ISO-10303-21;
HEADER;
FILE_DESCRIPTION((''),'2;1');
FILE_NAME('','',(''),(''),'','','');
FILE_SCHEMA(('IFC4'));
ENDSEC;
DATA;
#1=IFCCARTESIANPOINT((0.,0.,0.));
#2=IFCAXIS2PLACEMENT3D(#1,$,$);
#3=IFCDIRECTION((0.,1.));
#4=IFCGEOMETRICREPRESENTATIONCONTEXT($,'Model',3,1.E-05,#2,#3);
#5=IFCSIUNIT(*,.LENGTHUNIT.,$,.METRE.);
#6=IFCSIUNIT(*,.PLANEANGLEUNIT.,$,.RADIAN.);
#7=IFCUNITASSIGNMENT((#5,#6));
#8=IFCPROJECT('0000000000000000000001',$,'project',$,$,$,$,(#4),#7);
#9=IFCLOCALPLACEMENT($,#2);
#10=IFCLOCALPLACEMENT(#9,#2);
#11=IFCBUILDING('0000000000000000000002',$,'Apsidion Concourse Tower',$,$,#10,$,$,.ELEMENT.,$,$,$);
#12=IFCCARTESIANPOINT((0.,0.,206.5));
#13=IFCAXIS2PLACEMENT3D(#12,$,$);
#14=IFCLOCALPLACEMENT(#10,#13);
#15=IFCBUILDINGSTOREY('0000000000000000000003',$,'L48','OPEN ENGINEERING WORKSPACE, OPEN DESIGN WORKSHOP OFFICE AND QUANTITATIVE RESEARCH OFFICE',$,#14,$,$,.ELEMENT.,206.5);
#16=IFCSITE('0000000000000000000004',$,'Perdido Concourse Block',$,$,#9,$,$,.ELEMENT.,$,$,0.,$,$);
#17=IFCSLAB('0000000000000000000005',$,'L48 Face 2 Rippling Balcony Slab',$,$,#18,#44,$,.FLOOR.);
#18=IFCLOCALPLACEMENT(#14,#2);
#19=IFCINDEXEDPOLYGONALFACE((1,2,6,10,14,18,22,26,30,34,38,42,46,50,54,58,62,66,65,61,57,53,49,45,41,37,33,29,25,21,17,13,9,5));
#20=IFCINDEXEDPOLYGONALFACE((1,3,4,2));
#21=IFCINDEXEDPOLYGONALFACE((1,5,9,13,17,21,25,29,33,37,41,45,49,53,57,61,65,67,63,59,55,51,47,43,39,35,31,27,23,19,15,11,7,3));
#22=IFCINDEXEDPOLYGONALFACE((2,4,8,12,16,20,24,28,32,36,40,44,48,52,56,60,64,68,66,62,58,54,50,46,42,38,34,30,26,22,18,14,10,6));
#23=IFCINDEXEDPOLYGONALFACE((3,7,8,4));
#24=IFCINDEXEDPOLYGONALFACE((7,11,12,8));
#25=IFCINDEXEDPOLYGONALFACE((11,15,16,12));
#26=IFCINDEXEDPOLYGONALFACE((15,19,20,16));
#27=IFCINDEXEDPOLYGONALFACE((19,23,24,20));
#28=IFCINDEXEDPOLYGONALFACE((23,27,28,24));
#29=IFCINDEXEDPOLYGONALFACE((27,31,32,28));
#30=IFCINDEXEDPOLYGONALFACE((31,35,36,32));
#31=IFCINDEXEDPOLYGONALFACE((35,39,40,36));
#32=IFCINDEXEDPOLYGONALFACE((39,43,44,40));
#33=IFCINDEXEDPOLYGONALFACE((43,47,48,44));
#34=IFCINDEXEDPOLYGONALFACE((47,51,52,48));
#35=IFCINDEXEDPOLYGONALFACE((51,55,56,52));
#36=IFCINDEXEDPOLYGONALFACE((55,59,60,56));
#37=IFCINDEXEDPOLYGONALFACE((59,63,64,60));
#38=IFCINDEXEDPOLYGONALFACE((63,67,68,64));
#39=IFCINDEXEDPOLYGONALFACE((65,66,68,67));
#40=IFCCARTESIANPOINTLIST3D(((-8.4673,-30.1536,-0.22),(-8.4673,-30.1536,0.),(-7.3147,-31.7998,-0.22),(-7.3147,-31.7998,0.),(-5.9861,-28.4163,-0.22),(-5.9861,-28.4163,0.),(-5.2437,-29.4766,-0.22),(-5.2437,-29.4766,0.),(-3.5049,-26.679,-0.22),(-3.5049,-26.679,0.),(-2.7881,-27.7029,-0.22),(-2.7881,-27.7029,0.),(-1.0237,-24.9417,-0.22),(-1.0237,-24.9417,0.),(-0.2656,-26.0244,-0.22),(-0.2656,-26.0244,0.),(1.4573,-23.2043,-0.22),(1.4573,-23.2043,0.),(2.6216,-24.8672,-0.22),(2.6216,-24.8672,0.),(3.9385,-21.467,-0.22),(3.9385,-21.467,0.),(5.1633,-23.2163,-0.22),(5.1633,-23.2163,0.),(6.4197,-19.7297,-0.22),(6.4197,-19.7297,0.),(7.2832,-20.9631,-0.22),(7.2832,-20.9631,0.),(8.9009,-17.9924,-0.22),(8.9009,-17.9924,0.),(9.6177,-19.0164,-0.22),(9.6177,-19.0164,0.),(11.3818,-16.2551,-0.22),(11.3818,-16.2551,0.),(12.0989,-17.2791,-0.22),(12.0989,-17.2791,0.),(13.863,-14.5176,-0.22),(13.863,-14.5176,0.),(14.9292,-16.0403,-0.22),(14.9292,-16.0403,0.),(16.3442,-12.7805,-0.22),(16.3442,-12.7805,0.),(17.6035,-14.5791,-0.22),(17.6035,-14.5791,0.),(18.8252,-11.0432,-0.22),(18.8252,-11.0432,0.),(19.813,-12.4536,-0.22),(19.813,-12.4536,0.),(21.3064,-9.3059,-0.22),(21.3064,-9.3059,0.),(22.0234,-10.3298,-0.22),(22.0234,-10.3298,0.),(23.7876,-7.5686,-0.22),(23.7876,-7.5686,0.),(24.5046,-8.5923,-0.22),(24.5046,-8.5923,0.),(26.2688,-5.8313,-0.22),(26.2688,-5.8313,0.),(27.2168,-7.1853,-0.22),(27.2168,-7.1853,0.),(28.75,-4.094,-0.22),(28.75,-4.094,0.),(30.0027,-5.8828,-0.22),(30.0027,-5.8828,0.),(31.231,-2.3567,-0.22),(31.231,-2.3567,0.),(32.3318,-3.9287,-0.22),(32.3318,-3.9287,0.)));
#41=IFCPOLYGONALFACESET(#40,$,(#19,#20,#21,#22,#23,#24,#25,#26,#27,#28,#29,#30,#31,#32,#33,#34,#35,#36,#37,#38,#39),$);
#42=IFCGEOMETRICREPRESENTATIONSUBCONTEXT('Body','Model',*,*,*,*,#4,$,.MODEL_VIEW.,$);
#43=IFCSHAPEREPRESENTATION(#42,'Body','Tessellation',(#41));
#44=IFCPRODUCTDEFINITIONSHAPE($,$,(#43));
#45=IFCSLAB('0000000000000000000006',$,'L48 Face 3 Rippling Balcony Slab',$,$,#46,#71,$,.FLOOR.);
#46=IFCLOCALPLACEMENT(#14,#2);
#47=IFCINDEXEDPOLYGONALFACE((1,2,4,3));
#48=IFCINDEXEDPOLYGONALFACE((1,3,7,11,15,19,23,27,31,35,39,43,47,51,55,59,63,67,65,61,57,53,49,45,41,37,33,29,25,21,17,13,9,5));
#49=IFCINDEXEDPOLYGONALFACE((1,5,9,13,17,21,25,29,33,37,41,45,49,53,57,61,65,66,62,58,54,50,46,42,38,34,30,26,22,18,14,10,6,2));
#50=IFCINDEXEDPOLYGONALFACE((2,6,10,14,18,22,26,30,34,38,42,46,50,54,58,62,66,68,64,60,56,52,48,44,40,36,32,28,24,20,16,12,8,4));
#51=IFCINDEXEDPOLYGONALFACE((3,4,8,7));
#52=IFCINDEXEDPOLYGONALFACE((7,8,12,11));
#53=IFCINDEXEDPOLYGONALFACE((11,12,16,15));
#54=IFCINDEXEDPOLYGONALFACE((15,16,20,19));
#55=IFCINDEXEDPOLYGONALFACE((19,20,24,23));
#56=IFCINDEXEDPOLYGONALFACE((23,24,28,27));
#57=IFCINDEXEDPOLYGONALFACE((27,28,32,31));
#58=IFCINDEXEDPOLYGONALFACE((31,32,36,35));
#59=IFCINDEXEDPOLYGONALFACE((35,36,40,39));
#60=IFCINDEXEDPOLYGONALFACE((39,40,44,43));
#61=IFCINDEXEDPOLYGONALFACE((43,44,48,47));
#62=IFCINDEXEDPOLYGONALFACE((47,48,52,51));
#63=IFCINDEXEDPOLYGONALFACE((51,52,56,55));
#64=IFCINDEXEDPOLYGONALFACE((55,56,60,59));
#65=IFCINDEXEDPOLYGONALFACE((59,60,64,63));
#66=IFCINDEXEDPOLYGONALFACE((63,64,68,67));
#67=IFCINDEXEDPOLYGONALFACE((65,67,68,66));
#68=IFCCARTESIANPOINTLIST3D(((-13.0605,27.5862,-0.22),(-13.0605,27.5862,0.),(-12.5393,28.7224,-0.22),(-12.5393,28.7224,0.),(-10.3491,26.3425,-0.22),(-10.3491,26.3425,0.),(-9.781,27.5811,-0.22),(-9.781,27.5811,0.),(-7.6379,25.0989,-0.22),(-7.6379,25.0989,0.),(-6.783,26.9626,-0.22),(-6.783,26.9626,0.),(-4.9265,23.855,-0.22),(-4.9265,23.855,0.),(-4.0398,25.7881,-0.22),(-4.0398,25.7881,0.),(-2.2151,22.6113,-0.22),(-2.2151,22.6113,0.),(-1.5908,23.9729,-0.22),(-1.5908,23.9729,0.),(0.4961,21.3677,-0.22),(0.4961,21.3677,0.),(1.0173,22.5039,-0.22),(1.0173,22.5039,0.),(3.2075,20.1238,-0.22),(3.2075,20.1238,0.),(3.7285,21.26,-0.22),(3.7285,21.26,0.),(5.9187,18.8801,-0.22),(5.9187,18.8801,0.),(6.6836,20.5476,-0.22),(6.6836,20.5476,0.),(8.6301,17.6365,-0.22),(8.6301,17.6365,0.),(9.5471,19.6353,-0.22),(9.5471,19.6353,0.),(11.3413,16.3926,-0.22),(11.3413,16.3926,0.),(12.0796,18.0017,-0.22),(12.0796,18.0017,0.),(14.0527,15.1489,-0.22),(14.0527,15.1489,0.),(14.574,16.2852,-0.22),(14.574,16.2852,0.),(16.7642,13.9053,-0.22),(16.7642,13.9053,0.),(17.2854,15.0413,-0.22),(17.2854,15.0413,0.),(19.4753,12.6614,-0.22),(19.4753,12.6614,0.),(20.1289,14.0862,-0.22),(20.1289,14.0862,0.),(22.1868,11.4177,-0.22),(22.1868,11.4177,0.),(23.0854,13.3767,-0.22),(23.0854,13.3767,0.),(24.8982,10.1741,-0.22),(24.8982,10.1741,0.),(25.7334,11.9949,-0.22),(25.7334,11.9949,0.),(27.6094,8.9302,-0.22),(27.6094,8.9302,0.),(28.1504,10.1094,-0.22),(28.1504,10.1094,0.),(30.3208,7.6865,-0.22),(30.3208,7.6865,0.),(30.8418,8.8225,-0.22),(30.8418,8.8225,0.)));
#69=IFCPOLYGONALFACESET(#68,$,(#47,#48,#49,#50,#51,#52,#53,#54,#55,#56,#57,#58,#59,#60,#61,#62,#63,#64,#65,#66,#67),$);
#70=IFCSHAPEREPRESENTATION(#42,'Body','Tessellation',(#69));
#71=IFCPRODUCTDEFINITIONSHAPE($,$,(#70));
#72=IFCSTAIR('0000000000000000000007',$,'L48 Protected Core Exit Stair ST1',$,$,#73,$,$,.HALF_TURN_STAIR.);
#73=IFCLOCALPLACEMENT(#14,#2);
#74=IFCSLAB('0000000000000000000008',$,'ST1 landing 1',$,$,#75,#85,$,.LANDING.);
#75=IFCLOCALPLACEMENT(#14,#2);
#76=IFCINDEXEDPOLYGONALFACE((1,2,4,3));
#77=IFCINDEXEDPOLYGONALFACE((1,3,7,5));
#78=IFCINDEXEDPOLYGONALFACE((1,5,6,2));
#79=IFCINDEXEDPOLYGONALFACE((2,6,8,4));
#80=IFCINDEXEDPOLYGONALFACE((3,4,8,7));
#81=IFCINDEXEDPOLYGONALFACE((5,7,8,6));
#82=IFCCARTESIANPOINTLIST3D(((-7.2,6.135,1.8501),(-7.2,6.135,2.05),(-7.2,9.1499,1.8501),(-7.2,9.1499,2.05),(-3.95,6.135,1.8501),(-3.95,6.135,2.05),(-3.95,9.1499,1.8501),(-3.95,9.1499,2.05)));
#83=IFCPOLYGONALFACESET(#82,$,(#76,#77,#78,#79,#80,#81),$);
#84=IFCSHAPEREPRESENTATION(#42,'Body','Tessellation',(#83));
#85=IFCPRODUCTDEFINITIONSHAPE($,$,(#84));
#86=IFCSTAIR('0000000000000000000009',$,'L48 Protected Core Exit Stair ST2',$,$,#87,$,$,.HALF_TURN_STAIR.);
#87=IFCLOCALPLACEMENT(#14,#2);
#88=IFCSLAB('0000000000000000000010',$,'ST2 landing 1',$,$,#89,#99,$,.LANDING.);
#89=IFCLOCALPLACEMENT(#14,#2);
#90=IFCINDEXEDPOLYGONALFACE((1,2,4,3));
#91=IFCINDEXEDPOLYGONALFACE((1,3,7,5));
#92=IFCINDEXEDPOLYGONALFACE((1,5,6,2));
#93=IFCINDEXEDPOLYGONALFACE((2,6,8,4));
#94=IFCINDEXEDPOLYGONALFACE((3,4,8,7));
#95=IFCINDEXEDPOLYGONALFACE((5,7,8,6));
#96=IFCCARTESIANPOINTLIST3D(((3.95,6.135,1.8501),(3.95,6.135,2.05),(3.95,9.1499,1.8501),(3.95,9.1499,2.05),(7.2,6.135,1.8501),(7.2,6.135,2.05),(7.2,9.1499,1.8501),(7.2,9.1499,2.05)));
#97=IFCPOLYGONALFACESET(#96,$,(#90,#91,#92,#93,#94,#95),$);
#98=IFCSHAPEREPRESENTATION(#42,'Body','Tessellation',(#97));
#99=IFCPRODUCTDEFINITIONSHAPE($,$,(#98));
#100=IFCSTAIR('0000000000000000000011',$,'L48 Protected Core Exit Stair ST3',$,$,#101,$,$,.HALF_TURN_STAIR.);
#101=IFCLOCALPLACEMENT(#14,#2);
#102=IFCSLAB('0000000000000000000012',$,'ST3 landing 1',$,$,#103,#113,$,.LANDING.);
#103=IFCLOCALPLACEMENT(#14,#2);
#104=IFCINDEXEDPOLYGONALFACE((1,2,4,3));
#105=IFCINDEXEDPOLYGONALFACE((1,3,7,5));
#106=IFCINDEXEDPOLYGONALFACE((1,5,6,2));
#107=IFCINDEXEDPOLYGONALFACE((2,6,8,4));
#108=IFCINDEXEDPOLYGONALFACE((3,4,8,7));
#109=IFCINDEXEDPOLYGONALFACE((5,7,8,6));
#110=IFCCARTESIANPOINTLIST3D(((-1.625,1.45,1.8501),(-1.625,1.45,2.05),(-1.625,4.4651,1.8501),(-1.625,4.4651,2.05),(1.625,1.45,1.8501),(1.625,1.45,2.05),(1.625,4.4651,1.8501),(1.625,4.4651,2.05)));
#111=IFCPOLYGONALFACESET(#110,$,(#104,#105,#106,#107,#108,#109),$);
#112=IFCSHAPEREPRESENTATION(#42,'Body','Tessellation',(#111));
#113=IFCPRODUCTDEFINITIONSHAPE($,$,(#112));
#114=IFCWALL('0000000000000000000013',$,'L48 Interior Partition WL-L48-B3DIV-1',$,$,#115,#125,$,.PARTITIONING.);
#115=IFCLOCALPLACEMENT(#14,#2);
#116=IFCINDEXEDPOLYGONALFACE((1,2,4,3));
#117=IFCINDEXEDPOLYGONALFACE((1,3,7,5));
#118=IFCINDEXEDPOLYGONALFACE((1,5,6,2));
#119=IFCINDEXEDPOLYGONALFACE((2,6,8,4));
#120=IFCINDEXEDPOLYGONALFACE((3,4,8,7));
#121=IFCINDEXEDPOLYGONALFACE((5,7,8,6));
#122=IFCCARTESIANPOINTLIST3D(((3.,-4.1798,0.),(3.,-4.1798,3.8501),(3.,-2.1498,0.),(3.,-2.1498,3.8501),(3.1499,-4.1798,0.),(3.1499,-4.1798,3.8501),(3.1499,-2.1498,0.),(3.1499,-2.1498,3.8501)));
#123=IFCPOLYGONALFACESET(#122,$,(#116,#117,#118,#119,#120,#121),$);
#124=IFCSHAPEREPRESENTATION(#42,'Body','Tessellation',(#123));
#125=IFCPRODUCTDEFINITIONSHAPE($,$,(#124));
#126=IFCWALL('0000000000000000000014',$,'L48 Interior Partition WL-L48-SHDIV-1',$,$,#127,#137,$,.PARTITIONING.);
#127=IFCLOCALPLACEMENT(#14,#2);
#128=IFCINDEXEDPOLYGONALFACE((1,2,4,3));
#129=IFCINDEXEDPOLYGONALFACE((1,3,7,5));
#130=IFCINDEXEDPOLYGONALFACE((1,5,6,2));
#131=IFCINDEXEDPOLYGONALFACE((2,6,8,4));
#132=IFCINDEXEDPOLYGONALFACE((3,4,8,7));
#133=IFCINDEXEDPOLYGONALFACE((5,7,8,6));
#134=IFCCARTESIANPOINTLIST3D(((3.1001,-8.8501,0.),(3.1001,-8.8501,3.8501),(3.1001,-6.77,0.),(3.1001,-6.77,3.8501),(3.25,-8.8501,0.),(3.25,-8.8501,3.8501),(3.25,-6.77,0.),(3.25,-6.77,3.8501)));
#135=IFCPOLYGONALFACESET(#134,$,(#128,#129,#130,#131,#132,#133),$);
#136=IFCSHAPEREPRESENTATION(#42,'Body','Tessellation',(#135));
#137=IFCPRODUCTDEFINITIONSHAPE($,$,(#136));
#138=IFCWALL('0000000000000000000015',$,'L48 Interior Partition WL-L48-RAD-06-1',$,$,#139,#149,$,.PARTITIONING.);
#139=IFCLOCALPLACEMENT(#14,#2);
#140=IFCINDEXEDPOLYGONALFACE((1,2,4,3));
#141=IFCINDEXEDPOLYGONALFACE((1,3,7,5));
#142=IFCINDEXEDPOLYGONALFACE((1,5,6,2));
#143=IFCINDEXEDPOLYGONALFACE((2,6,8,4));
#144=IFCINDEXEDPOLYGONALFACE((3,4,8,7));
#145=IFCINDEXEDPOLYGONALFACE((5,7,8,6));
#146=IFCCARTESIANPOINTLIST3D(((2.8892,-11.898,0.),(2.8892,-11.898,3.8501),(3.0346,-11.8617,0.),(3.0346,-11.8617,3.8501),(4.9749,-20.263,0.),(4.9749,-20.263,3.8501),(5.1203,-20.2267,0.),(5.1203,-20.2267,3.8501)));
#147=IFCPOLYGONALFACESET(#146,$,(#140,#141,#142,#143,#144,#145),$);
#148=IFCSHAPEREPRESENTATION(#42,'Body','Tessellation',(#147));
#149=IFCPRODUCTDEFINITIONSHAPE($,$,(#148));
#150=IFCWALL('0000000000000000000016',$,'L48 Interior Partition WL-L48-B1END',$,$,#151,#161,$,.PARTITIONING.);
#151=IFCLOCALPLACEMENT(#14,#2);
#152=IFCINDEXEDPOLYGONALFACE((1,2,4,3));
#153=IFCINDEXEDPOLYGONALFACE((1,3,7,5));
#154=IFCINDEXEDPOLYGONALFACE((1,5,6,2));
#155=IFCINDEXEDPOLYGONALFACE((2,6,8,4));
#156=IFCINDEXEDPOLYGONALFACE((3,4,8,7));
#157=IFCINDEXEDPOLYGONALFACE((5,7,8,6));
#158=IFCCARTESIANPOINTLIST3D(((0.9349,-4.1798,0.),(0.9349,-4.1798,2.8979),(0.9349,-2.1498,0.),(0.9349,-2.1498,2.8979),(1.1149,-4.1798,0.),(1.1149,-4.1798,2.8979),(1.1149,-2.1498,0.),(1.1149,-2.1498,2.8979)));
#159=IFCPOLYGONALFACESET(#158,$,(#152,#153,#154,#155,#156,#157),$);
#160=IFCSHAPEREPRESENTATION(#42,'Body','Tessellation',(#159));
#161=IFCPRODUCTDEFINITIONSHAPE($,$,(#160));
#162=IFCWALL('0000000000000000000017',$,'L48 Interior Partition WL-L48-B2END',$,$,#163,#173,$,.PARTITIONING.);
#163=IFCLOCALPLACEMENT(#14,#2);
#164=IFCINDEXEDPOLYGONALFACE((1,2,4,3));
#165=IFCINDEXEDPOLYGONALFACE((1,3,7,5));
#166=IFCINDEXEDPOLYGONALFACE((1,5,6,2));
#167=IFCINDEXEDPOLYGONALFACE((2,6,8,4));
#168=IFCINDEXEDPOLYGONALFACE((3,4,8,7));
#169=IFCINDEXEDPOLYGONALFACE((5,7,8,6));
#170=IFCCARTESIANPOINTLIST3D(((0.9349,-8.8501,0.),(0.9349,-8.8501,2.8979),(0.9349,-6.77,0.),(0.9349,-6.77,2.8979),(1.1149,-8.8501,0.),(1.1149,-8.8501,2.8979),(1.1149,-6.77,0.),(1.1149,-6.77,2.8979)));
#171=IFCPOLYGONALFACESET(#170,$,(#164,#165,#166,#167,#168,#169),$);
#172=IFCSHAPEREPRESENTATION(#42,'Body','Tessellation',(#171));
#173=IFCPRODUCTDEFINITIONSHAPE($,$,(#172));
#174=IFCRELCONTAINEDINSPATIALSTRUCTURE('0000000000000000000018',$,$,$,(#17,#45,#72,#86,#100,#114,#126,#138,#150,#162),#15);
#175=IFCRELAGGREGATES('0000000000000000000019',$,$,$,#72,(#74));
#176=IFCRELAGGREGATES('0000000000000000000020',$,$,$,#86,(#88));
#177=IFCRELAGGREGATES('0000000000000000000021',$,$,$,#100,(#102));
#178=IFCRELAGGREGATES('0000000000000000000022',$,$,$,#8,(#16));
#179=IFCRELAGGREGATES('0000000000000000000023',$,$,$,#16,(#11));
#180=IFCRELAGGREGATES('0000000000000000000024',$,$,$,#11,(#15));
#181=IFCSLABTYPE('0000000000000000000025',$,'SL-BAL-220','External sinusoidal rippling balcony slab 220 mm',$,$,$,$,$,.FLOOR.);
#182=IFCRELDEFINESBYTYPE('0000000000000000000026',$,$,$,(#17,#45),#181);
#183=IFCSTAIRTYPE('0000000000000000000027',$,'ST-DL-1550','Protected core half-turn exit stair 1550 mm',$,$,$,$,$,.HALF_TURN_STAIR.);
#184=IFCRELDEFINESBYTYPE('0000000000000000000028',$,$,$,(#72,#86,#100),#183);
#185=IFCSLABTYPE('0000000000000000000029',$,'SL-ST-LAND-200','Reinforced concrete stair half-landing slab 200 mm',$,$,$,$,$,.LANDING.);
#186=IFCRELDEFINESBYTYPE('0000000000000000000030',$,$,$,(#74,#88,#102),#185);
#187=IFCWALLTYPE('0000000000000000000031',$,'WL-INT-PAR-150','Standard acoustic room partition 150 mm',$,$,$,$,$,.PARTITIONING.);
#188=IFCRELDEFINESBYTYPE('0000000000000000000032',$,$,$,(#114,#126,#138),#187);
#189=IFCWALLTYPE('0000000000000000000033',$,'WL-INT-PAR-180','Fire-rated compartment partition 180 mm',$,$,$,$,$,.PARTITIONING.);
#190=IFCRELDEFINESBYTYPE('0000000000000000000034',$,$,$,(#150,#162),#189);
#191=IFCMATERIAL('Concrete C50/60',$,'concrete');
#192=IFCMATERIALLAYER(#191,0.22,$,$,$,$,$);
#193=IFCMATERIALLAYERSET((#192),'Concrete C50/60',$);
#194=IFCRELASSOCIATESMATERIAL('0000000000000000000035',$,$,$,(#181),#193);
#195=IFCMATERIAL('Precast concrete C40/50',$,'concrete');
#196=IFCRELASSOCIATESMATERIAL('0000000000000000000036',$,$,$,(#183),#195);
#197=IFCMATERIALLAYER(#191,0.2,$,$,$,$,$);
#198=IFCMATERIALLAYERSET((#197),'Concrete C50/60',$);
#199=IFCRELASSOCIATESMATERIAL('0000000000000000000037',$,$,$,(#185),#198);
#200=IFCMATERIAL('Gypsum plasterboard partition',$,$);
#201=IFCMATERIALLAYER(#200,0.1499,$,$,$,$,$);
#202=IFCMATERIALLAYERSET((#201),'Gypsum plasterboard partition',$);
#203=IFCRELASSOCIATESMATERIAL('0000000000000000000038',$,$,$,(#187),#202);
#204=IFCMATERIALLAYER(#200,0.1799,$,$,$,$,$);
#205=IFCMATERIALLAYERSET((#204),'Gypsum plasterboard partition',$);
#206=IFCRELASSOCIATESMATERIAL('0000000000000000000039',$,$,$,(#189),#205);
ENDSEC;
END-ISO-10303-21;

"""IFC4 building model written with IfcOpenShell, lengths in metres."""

from ifc_helpers import new_model, si_unit, direction, frame, frame_2d, origin, place, context, subcontext, project, spatial, polyline, rectangle, outline, extrude, material, layer, layer_set, type_object, element, aggregate, save


model = new_model("IFC4")

# Units and contexts
model_context = context("Model", 3, precision=1e-05, world=origin(), true_north=direction((0.0, 1.0)))
body_context = subcontext(model_context, "Body", "Model", "MODEL_VIEW")
ifc_project = project(units=[si_unit("LENGTHUNIT", "METRE"), si_unit("PLANEANGLEUNIT", "RADIAN")], contexts=[model_context])

# Site, building, storey
site_placement = place(None, origin())
site = spatial("IfcSite", under=ifc_project, at=site_placement, Name="Perdido Concourse Block", CompositionType="ELEMENT", RefElevation=0.0)
building_placement = place(site_placement, origin())
building = spatial("IfcBuilding", under=site, at=building_placement, Name="Apsidion Concourse Tower", CompositionType="ELEMENT")
storey_placement = place(building_placement, frame((0.0, 0.0, 206.5)))
storey = spatial("IfcBuildingStorey", under=building, at=storey_placement, Name="L48", Description="OPEN ENGINEERING WORKSPACE, OPEN DESIGN WORKSHOP OFFICE AND QUANTITATIVE RESEARCH OFFICE", CompositionType="ELEMENT", Elevation=206.5)

# Shared definitions
ifc_material_1 = material(Name="Concrete C50/60", Category="concrete")

# Slabs
ifc_layer_1 = layer(ifc_material_1, 0.22)
ifc_layer_set_1 = layer_set([ifc_layer_1], Name="Concrete C50/60")
slab_type_1 = type_object("IfcSlabType", Name="SL-BAL-220", Description="External sinusoidal rippling balcony slab 220 mm", PredefinedType="FLOOR", material=ifc_layer_set_1)
slab_1_placement = place(storey_placement, frame((0.0, 0.0, -0.22)))
element("IfcSlab", 1, at=slab_1_placement, inside=storey, type_object=slab_type_1, Name="L48 Face 2 Rippling Balcony Slab", PredefinedType="FLOOR", context=body_context, shape_type="SweptSolid", body=[
    extrude(outline(polyline([(-8.4673, -30.1536), (-5.9861, -28.4163), (-3.5049, -26.679), (-1.0237, -24.9417), (1.4573, -23.2043), (3.9385, -21.467), (6.4197, -19.7297), (8.9009, -17.9924), (11.3818, -16.2551), (13.863, -14.5176), (16.3442, -12.7805), (18.8252, -11.0432), (21.3064, -9.3059), (23.7876, -7.5686), (26.2688, -5.8313), (28.75, -4.094), (31.231, -2.3567), (32.3318, -3.9287), (30.0027, -5.8828), (27.2168, -7.1853), (24.5046, -8.5923), (22.0234, -10.3298), (19.813, -12.4536), (17.6035, -14.5791), (14.9292, -16.0403), (12.0989, -17.2791), (9.6177, -19.0164), (7.2832, -20.9631), (5.1633, -23.2163), (2.6216, -24.8672), (-0.2656, -26.0244), (-2.7881, -27.7029), (-5.2437, -29.4766), (-7.3147, -31.7998), (-8.4673, -30.1536)])), origin(), (0.0, 0.0, 1.0), 0.22),
])
slab_2_placement = place(storey_placement, frame((0.0, 0.0, -0.22)))
element("IfcSlab", 2, at=slab_2_placement, inside=storey, type_object=slab_type_1, Name="L48 Face 3 Rippling Balcony Slab", PredefinedType="FLOOR", context=body_context, shape_type="SweptSolid", body=[
    extrude(outline(polyline([(30.3208, 7.6865), (27.6094, 8.9302), (24.8982, 10.1741), (22.1868, 11.4177), (19.4753, 12.6614), (16.7642, 13.9053), (14.0527, 15.1489), (11.3413, 16.3926), (8.6301, 17.6365), (5.9187, 18.8801), (3.2075, 20.1238), (0.4961, 21.3677), (-2.2151, 22.6113), (-4.9265, 23.855), (-7.6379, 25.0989), (-10.3491, 26.3425), (-13.0605, 27.5862), (-12.5393, 28.7224), (-9.781, 27.5811), (-6.783, 26.9626), (-4.0398, 25.7881), (-1.5908, 23.9729), (1.0173, 22.5039), (3.7285, 21.26), (6.6836, 20.5476), (9.5471, 19.6353), (12.0796, 18.0017), (14.574, 16.2852), (17.2854, 15.0413), (20.1289, 14.0862), (23.0854, 13.3767), (25.7334, 11.9949), (28.1504, 10.1094), (30.8418, 8.8225), (30.3208, 7.6865)])), origin(), (0.0, 0.0, 1.0), 0.22),
])

# Stairs, slabs
ifc_material_2 = material(Name="Precast concrete C40/50", Category="concrete")
stair_type = type_object("IfcStairType", Name="ST-DL-1550", Description="Protected core half-turn exit stair 1550 mm", PredefinedType="HALF_TURN_STAIR", material=ifc_material_2)
stair_1_placement = place(storey_placement, origin())
stair_1 = element("IfcStair", 3, at=stair_1_placement, inside=storey, type_object=stair_type, Name="L48 Protected Core Exit Stair ST1", PredefinedType="HALF_TURN_STAIR")
ifc_layer_2 = layer(ifc_material_1, 0.2)
ifc_layer_set_2 = layer_set([ifc_layer_2], Name="Concrete C50/60")
slab_type_2 = type_object("IfcSlabType", Name="SL-ST-LAND-200", Description="Reinforced concrete stair half-landing slab 200 mm", PredefinedType="LANDING", material=ifc_layer_set_2)
slab_3_placement = place(storey_placement, frame((0.0, 0.0, 1.8501)))
slab_3 = element("IfcSlab", 4, at=slab_3_placement, type_object=slab_type_2, Name="ST1 landing 1", PredefinedType="LANDING", context=body_context, shape_type="SweptSolid", body=[
    extrude(outline(polyline([(-3.95, 6.135), (-3.95, 9.1499), (-7.2, 9.1499), (-7.2, 6.135), (-3.95, 6.135)])), origin(), (0.0, 0.0, 1.0), 0.2),
])
aggregate(stair_1, [slab_3])
stair_2_placement = place(storey_placement, origin())
stair_2 = element("IfcStair", 5, at=stair_2_placement, inside=storey, type_object=stair_type, Name="L48 Protected Core Exit Stair ST2", PredefinedType="HALF_TURN_STAIR")
slab_4_placement = place(storey_placement, frame((0.0, 0.0, 1.8501)))
slab_4 = element("IfcSlab", 6, at=slab_4_placement, type_object=slab_type_2, Name="ST2 landing 1", PredefinedType="LANDING", context=body_context, shape_type="SweptSolid", body=[
    extrude(outline(polyline([(7.2, 6.135), (7.2, 9.1499), (3.95, 9.1499), (3.95, 6.135), (7.2, 6.135)])), origin(), (0.0, 0.0, 1.0), 0.2),
])
aggregate(stair_2, [slab_4])
stair_3_placement = place(storey_placement, origin())
stair_3 = element("IfcStair", 7, at=stair_3_placement, inside=storey, type_object=stair_type, Name="L48 Protected Core Exit Stair ST3", PredefinedType="HALF_TURN_STAIR")
slab_5_placement = place(storey_placement, frame((0.0, 0.0, 1.8501)))
slab_5 = element("IfcSlab", 8, at=slab_5_placement, type_object=slab_type_2, Name="ST3 landing 1", PredefinedType="LANDING", context=body_context, shape_type="SweptSolid", body=[
    extrude(outline(polyline([(-1.625, 4.4651), (-1.625, 1.45), (1.625, 1.45), (1.625, 4.4651), (-1.625, 4.4651)])), origin(), (0.0, 0.0, 1.0), 0.2),
])
aggregate(stair_3, [slab_5])

# Walls
ifc_material_3 = material(Name="Gypsum plasterboard partition")
ifc_layer_3 = layer(ifc_material_3, 0.1499)
ifc_layer_set_3 = layer_set([ifc_layer_3], Name="Gypsum plasterboard partition")
wall_type_1 = type_object("IfcWallType", Name="WL-INT-PAR-150", Description="Standard acoustic room partition 150 mm", PredefinedType="PARTITIONING", material=ifc_layer_set_3)
wall_1_placement = place(storey_placement, frame((3.075, -4.1799, 0.0), z_axis=(0.0, 0.0, 1.0), x_axis=(0.0, 1.0, 0.0)))
element("IfcWall", 9, at=wall_1_placement, inside=storey, type_object=wall_type_1, Name="L48 Interior Partition WL-L48-B3DIV-1", PredefinedType="PARTITIONING", context=body_context, shape_type="SweptSolid", body=[
    extrude(rectangle(XDim=2.03, YDim=0.1499, at=frame_2d((1.0151, 0.0))), origin(), (0.0, 0.0, 1.0), 3.8501),
])
wall_2_placement = place(storey_placement, frame((3.175, -8.8501, 0.0), z_axis=(0.0, 0.0, 1.0), x_axis=(0.0, 1.0, 0.0)))
element("IfcWall", 10, at=wall_2_placement, inside=storey, type_object=wall_type_1, Name="L48 Interior Partition WL-L48-SHDIV-1", PredefinedType="PARTITIONING", context=body_context, shape_type="SweptSolid", body=[
    extrude(rectangle(XDim=2.0801, YDim=0.1499, at=frame_2d((1.04, 0.0))), origin(), (0.0, 0.0, 1.0), 3.8501),
])
wall_3_placement = place(storey_placement, frame((2.9619, -11.8799, 0.0), z_axis=(0.0, 0.0, 1.0), x_axis=(0.241929, -0.970294, 0.0)))
element("IfcWall", 11, at=wall_3_placement, inside=storey, type_object=wall_type_1, Name="L48 Interior Partition WL-L48-RAD-06-1", PredefinedType="PARTITIONING", context=body_context, shape_type="SweptSolid", body=[
    extrude(rectangle(XDim=8.6211, YDim=0.1499, at=frame_2d((4.3105, 0.0))), origin(), (0.0, 0.0, 1.0), 3.8501),
])
ifc_layer_4 = layer(ifc_material_3, 0.1799)
ifc_layer_set_4 = layer_set([ifc_layer_4], Name="Gypsum plasterboard partition")
wall_type_2 = type_object("IfcWallType", Name="WL-INT-PAR-180", Description="Fire-rated compartment partition 180 mm", PredefinedType="PARTITIONING", material=ifc_layer_set_4)
wall_4_placement = place(storey_placement, frame((1.0249, -4.1799, 0.0), z_axis=(0.0, 0.0, 1.0), x_axis=(0.0, 1.0, 0.0)))
element("IfcWall", 12, at=wall_4_placement, inside=storey, type_object=wall_type_2, Name="L48 Interior Partition WL-L48-B1END", PredefinedType="PARTITIONING", context=body_context, shape_type="SweptSolid", body=[
    extrude(rectangle(XDim=2.03, YDim=0.1799, at=frame_2d((1.0151, 0.0))), origin(), (0.0, 0.0, 1.0), 2.8979),
])
wall_5_placement = place(storey_placement, frame((1.0249, -8.8501, 0.0), z_axis=(0.0, 0.0, 1.0), x_axis=(0.0, 1.0, 0.0)))
element("IfcWall", 13, at=wall_5_placement, inside=storey, type_object=wall_type_2, Name="L48 Interior Partition WL-L48-B2END", PredefinedType="PARTITIONING", context=body_context, shape_type="SweptSolid", body=[
    extrude(rectangle(XDim=2.0801, YDim=0.1799, at=frame_2d((1.04, 0.0))), origin(), (0.0, 0.0, 1.0), 2.8979),
])

save(model, "model.ifc")
